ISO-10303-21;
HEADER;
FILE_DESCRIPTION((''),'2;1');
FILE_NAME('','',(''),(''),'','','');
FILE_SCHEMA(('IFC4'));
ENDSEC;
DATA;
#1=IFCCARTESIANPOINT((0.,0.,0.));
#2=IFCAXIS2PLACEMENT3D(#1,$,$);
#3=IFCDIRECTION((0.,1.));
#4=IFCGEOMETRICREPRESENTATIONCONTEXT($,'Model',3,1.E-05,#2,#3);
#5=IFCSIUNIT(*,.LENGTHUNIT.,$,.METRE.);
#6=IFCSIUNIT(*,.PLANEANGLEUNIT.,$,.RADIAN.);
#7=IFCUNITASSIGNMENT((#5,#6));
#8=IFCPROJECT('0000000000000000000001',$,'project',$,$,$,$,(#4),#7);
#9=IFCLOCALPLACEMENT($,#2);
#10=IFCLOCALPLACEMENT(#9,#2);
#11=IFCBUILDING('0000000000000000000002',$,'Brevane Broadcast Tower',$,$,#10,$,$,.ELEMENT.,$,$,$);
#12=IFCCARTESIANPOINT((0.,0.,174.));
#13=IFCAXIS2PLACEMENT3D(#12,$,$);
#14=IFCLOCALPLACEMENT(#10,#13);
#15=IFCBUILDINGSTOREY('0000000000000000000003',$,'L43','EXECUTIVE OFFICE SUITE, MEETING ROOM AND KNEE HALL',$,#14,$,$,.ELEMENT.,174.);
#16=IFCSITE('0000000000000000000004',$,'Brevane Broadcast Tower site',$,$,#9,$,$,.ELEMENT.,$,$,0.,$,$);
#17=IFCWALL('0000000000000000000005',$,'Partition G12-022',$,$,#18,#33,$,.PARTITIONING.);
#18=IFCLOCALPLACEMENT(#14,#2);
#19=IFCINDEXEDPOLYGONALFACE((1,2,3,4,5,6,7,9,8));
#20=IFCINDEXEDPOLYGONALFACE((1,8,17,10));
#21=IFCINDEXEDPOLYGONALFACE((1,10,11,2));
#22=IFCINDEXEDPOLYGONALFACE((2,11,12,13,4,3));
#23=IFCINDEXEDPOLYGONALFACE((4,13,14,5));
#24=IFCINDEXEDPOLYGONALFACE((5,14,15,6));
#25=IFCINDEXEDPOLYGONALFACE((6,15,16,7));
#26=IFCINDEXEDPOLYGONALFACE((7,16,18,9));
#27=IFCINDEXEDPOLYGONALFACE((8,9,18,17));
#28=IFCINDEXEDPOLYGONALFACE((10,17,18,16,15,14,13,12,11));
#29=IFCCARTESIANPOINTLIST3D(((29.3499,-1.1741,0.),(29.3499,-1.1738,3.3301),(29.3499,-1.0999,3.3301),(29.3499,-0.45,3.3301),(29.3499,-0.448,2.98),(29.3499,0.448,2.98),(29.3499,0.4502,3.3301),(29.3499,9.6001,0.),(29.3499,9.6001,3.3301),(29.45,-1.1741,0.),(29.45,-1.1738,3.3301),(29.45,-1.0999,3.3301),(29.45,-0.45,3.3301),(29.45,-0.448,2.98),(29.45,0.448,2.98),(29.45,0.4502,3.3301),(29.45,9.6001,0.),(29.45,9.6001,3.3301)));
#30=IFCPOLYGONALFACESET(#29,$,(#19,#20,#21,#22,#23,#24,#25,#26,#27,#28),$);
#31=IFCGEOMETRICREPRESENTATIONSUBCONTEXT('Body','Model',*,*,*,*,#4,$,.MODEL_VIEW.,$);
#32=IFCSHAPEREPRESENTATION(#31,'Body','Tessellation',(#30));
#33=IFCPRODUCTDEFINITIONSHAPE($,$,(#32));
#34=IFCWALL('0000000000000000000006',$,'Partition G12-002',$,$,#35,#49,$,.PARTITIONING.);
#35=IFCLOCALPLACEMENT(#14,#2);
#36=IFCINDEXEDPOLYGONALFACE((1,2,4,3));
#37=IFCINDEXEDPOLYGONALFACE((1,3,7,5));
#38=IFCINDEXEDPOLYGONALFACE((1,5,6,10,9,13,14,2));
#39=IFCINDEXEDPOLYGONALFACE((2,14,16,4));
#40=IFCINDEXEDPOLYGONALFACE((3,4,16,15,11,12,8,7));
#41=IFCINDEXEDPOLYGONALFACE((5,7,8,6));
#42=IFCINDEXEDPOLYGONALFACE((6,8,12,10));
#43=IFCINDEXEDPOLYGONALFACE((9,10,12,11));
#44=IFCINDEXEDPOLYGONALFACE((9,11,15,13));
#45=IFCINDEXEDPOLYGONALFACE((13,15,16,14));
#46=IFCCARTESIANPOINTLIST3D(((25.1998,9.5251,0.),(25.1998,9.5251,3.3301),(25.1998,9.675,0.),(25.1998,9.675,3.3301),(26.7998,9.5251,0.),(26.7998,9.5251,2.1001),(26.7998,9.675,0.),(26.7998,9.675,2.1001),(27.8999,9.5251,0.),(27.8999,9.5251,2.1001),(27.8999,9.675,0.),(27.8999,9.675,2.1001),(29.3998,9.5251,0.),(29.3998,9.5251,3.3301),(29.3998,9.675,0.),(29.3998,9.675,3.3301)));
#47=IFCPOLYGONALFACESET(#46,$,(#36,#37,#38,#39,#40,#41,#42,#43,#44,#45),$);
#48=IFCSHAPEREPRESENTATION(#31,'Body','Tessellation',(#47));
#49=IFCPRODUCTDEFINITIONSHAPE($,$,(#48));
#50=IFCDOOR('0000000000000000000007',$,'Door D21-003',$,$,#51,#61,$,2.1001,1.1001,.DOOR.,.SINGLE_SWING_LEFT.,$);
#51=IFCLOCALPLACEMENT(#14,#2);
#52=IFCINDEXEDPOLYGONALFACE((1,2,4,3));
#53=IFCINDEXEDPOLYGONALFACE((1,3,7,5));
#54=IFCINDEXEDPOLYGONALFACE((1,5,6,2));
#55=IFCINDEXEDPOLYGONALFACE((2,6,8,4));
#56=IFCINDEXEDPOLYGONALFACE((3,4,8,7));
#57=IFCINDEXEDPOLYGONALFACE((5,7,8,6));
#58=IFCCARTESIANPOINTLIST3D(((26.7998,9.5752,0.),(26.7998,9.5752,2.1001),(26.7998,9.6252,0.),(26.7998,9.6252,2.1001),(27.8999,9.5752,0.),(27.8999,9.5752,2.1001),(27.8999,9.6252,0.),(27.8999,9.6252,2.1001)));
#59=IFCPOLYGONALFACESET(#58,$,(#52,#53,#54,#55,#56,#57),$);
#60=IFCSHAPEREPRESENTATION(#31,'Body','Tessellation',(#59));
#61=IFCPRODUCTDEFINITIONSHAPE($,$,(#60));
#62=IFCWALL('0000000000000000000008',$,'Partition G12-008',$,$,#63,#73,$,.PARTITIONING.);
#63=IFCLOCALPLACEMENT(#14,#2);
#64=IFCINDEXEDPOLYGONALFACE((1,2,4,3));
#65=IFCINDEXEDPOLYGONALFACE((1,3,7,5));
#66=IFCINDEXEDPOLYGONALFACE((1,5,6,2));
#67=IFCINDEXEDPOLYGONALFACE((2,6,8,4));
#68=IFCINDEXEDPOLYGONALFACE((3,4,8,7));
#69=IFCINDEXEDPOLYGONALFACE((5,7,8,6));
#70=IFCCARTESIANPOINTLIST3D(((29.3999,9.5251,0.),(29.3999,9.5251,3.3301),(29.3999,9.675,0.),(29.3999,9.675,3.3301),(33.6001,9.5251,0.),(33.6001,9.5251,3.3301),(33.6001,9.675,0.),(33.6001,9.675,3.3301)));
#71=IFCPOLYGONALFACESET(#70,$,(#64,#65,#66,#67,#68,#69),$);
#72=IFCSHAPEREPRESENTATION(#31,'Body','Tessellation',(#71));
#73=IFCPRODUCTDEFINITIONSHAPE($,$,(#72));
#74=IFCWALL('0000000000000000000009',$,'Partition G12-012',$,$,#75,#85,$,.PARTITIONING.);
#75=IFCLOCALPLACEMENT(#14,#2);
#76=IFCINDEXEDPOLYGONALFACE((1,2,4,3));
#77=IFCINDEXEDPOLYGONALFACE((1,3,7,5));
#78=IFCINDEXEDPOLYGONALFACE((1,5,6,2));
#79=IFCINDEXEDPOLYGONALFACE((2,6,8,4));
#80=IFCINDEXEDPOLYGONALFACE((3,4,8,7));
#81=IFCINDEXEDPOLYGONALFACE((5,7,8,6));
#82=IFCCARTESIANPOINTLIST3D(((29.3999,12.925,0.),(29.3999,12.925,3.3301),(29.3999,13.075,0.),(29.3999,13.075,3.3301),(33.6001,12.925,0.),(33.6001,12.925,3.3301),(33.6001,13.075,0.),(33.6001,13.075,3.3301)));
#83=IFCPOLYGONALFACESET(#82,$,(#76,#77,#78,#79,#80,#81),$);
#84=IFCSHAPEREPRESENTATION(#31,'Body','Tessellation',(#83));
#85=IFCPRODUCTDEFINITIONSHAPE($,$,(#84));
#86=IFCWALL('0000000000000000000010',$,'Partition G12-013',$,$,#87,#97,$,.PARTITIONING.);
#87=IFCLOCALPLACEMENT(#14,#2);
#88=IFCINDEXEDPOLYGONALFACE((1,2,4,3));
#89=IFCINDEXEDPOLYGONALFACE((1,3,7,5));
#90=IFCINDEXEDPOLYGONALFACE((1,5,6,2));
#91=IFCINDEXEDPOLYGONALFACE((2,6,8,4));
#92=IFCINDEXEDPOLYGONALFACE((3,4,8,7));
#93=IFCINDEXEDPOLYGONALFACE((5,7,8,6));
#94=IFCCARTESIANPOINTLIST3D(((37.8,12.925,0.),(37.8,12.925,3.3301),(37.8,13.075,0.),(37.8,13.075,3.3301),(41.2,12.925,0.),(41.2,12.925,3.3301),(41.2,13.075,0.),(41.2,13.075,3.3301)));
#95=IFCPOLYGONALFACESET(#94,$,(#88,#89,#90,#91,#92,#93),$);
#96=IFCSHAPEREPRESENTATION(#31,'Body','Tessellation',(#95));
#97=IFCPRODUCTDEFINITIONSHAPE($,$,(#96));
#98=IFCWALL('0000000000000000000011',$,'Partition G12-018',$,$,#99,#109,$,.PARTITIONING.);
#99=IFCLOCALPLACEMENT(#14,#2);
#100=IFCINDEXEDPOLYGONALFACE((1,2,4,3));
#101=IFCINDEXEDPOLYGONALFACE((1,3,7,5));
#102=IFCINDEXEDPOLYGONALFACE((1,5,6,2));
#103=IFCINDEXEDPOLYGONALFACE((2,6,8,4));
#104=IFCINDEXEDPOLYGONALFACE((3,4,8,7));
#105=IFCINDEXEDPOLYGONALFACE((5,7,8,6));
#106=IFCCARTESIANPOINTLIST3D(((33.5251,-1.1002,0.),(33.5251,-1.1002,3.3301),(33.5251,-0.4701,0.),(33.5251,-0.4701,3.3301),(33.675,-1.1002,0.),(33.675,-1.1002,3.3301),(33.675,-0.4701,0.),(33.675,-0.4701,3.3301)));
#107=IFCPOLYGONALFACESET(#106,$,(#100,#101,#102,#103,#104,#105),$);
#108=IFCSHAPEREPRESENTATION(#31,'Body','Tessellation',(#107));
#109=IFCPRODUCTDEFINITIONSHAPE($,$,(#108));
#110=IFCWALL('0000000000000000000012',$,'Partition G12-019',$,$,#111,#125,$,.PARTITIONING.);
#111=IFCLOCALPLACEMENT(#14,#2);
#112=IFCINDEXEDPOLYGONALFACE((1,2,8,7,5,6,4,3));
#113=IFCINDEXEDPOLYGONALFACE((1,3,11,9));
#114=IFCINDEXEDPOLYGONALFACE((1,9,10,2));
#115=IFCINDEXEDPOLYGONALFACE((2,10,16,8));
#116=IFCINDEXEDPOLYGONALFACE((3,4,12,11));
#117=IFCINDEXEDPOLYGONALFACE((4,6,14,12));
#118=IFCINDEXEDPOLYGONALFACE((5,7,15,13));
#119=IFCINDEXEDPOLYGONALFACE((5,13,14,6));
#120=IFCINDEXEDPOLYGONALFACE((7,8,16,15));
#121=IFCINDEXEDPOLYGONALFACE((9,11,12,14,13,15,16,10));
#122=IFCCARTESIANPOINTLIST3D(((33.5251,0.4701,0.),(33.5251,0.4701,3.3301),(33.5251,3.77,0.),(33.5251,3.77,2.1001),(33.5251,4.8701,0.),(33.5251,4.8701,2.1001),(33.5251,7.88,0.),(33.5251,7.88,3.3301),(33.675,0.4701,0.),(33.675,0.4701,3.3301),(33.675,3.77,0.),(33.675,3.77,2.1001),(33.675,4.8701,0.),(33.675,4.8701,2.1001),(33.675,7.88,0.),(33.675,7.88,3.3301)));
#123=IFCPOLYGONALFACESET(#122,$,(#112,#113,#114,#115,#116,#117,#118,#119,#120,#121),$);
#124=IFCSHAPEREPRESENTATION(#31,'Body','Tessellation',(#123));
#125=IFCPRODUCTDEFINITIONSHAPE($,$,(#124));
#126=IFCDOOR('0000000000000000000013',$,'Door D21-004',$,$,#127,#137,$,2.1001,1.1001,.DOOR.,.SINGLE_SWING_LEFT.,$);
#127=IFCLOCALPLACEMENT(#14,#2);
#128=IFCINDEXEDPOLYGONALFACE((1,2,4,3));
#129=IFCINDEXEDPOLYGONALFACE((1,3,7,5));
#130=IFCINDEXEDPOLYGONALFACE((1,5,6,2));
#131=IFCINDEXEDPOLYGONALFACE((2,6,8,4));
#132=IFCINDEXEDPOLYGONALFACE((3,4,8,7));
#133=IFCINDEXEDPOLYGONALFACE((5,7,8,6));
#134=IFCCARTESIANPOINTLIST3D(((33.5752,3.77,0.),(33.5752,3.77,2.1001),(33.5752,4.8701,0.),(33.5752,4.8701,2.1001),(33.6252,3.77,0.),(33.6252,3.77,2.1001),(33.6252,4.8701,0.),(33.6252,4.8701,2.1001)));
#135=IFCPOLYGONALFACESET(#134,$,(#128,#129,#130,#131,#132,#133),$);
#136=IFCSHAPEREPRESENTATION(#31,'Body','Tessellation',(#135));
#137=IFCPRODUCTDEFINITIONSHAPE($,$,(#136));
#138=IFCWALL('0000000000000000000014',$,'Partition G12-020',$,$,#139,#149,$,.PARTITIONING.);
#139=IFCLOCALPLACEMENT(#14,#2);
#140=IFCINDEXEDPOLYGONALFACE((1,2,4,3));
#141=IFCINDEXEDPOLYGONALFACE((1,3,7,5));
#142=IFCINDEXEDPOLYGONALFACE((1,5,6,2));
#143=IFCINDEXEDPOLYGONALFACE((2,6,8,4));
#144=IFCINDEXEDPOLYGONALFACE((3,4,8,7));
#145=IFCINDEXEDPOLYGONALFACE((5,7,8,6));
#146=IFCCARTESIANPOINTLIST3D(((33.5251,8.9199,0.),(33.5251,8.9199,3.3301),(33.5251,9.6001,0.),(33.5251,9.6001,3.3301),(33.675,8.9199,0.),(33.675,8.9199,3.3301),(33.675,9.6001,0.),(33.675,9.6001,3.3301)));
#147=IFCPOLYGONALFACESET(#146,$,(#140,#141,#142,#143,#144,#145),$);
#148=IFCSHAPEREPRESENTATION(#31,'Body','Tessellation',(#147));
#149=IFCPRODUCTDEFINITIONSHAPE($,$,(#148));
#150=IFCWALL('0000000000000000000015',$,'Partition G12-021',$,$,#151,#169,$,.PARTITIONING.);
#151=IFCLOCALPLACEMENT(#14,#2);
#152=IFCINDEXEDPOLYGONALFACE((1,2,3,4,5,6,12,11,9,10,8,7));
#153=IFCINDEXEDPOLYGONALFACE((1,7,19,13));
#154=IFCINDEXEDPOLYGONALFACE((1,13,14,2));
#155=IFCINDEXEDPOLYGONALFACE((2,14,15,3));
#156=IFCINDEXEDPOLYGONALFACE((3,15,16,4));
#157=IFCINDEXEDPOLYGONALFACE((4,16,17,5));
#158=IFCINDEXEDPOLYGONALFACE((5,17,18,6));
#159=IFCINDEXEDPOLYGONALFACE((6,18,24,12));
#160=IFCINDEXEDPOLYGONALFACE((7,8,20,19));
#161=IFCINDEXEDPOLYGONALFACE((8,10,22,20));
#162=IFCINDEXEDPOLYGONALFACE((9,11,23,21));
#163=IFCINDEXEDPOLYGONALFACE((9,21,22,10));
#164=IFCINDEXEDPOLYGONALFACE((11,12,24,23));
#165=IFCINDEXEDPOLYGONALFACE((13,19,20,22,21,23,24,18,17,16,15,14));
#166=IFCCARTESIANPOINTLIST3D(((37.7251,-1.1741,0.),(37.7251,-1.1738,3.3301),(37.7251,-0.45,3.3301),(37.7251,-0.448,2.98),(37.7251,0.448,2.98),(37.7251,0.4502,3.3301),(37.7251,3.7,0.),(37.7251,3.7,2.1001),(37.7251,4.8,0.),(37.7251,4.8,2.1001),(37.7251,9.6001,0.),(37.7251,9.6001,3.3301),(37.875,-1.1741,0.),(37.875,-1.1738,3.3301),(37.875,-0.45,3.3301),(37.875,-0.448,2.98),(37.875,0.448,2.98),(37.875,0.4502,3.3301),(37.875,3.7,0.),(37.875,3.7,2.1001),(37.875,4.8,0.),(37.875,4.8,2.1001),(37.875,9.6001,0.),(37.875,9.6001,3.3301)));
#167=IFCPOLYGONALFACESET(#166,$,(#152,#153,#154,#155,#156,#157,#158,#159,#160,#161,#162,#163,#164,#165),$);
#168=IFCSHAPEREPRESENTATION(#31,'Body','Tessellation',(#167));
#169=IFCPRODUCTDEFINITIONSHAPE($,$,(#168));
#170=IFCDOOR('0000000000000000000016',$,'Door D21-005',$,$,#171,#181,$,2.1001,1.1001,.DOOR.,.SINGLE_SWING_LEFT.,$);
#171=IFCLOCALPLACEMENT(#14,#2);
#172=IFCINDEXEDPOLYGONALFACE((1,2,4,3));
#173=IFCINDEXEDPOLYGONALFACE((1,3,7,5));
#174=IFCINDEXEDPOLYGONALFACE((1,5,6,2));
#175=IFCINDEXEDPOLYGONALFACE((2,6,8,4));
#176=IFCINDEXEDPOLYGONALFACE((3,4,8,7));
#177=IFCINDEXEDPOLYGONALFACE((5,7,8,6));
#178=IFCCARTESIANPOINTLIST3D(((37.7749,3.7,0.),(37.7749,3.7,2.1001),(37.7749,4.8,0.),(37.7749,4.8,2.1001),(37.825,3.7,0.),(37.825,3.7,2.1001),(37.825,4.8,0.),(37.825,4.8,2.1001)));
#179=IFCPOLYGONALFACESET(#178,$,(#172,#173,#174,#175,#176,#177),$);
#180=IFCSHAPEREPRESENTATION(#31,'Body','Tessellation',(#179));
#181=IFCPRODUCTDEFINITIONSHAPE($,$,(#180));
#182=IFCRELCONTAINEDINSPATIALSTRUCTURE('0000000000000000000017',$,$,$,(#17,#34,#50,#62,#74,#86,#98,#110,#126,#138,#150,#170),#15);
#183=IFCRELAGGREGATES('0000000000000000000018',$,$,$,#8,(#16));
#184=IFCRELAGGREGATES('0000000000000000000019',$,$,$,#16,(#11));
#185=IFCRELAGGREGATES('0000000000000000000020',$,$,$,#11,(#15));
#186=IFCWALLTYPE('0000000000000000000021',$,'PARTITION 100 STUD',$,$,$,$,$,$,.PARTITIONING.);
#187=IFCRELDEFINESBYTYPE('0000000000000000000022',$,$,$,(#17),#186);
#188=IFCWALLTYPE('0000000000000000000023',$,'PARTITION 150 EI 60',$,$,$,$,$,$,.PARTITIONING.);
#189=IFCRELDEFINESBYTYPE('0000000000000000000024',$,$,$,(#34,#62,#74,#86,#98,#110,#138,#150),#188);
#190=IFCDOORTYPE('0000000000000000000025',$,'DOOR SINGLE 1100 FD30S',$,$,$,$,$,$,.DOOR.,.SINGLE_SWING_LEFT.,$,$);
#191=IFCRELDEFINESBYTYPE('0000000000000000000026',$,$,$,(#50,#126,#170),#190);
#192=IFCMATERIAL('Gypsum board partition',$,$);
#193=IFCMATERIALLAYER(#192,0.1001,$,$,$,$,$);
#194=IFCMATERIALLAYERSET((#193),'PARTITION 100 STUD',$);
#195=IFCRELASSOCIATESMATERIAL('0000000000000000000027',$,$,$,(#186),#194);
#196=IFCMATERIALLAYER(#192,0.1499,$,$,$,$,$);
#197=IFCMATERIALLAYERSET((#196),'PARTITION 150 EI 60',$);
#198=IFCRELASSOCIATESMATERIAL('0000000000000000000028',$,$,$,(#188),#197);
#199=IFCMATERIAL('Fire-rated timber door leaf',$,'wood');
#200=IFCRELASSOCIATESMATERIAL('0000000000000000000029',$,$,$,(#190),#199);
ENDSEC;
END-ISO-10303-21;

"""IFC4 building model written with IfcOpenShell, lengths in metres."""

from ifc_helpers import new_model, si_unit, direction, frame, frame_2d, origin, place, context, subcontext, project, spatial, polyline, rectangle, outline, extrude, material, layer, layer_set, type_object, element, fill, save


model = new_model("IFC4")

# Units and contexts
model_context = context("Model", 3, precision=1e-05, world=origin(), true_north=direction((0.0, 1.0)))
body_context = subcontext(model_context, "Body", "Model", "MODEL_VIEW")
ifc_project = project(units=[si_unit("LENGTHUNIT", "METRE"), si_unit("PLANEANGLEUNIT", "RADIAN")], contexts=[model_context])

# Site, building, storey
site_placement = place(None, origin())
site = spatial("IfcSite", under=ifc_project, at=site_placement, Name="Brevane Broadcast Tower site", CompositionType="ELEMENT", RefElevation=0.0)
building_placement = place(site_placement, origin())
building = spatial("IfcBuilding", under=site, at=building_placement, Name="Brevane Broadcast Tower", CompositionType="ELEMENT")
storey_placement = place(building_placement, frame((0.0, 0.0, 174.0)))
storey = spatial("IfcBuildingStorey", under=building, at=storey_placement, Name="L43", Description="EXECUTIVE OFFICE SUITE, MEETING ROOM AND KNEE HALL", CompositionType="ELEMENT", Elevation=174.0)

# Wall
ifc_material_1 = material(Name="Gypsum board partition")
ifc_layer_1 = layer(ifc_material_1, 0.1001)
ifc_layer_set_1 = layer_set([ifc_layer_1], Name="PARTITION 100 STUD")
wall_type_1 = type_object("IfcWallType", Name="PARTITION 100 STUD", PredefinedType="PARTITIONING", material=ifc_layer_set_1)
wall_1_placement = place(storey_placement, frame((29.3999, 9.6001, 0.0), z_axis=(0.0, 0.0, 1.0), x_axis=(0.0, -1.0, 0.0)))
element("IfcWall", 1, at=wall_1_placement, inside=storey, type_object=wall_type_1, Name="Partition G12-022", PredefinedType="PARTITIONING", context=body_context, shape_type="SweptSolid", body=[
    extrude(outline(polyline([(0.0, 0.0), (10.7742, 0.0), (10.7739, 3.3301), (10.7, 3.3301), (10.05, 3.3301), (10.0481, 2.98), (9.1521, 2.98), (9.1499, 3.3301), (0.0, 3.3301), (0.0, 0.0)])), frame((0.0, 0.05, 0.0), z_axis=(0.0, -1.0, 0.0), x_axis=(1.0, 0.0, 0.0)), (0.0, 0.0, 1.0), 0.1001),
])

# Wall, opening, door
ifc_layer_2 = layer(ifc_material_1, 0.1499)
ifc_layer_set_2 = layer_set([ifc_layer_2], Name="PARTITION 150 EI 60")
wall_type_2 = type_object("IfcWallType", Name="PARTITION 150 EI 60", PredefinedType="PARTITIONING", material=ifc_layer_set_2)
wall_2_placement = place(storey_placement, frame((29.3999, 9.6001, 0.0), z_axis=(0.0, 0.0, 1.0), x_axis=(-1.0, 0.0, 0.0)))
wall_2 = element("IfcWall", 2, at=wall_2_placement, inside=storey, type_object=wall_type_2, Name="Partition G12-002", PredefinedType="PARTITIONING", context=body_context, shape_type="SweptSolid", body=[
    extrude(rectangle(XDim=4.2, YDim=0.1499, at=frame_2d((2.1001, 0.0))), origin(), (0.0, 0.0, 1.0), 3.3301),
])
opening_1_placement = place(wall_2_placement, frame((1.5, 0.0, 0.0)))
opening_1 = element("IfcOpeningElement", 3, at=opening_1_placement, cuts=wall_2, PredefinedType="OPENING", context=body_context, shape_type="SweptSolid", body=[
    extrude(rectangle(XDim=1.1001, YDim=2.1001, at=frame_2d((0.55, 1.05))), frame((0.0, 0.085, 0.0), z_axis=(0.0, -1.0, 0.0), x_axis=(1.0, 0.0, 0.0)), (0.0, 0.0, 1.0), 0.1699),
])
ifc_material_2 = material(Name="Fire-rated timber door leaf", Category="wood")
door_type_1 = type_object("IfcDoorType", Name="DOOR SINGLE 1100 FD30S", OperationType="SINGLE_SWING_LEFT", PredefinedType="DOOR", material=ifc_material_2)
door_1_placement = place(opening_1_placement, origin())
door_1 = element("IfcDoor", 4, at=door_1_placement, inside=storey, type_object=door_type_1, Name="Door D21-003", OperationType="SINGLE_SWING_LEFT", OverallHeight=2.1001, OverallWidth=1.1001, PredefinedType="DOOR", context=body_context, shape_type="SweptSolid", body=[
    extrude(rectangle(XDim=1.1001, YDim=2.1001, at=frame_2d((0.55, 1.05))), frame((0.0, 0.0249, 0.0), z_axis=(0.0, -1.0, 0.0), x_axis=(1.0, 0.0, 0.0)), (0.0, 0.0, 1.0), 0.05),
])
fill(opening_1, door_1)

# Walls
for number, where, z_axis, x_axis, name in (
    (5, (33.6001, 9.6001, 0.0), (0.0, 0.0, 1.0), (-1.0, 0.0, 0.0), "Partition G12-008"),
    (6, (29.3999, 13.0, 0.0), (0.0, 0.0, 1.0), (1.0, 0.0, 0.0), "Partition G12-012"),
):
    element("IfcWall", number, at=place(storey_placement, frame(where, z_axis=z_axis, x_axis=x_axis)), inside=storey, type_object=wall_type_2, Name=name, PredefinedType="PARTITIONING", context=body_context, shape_type="SweptSolid", body=[
        extrude(rectangle(XDim=4.2002, YDim=0.1499, at=frame_2d((2.1001, 0.0))), origin(), (0.0, 0.0, 1.0), 3.3301),
    ])
wall_3_placement = place(storey_placement, frame((37.8, 13.0, 0.0), z_axis=(0.0, 0.0, 1.0), x_axis=(1.0, 0.0, 0.0)))
element("IfcWall", 7, at=wall_3_placement, inside=storey, type_object=wall_type_2, Name="Partition G12-013", PredefinedType="PARTITIONING", context=body_context, shape_type="SweptSolid", body=[
    extrude(rectangle(XDim=3.3999, YDim=0.1499, at=frame_2d((1.7, 0.0))), origin(), (0.0, 0.0, 1.0), 3.3301),
])
wall_4_placement = place(storey_placement, frame((33.6001, -1.1001, 0.0), z_axis=(0.0, 0.0, 1.0), x_axis=(0.0, 1.0, 0.0)))
element("IfcWall", 8, at=wall_4_placement, inside=storey, type_object=wall_type_2, Name="Partition G12-018", PredefinedType="PARTITIONING", context=body_context, shape_type="SweptSolid", body=[
    extrude(rectangle(XDim=0.6301, YDim=0.1499, at=frame_2d((0.3149, 0.0))), origin(), (0.0, 0.0, 1.0), 3.3301),
])

# Wall, opening, door
wall_5_placement = place(storey_placement, frame((33.6001, 0.47, 0.0), z_axis=(0.0, 0.0, 1.0), x_axis=(0.0, 1.0, 0.0)))
wall_5 = element("IfcWall", 9, at=wall_5_placement, inside=storey, type_object=wall_type_2, Name="Partition G12-019", PredefinedType="PARTITIONING", context=body_context, shape_type="SweptSolid", body=[
    extrude(rectangle(XDim=7.4099, YDim=0.1499, at=frame_2d((3.7051, 0.0))), origin(), (0.0, 0.0, 1.0), 3.3301),
])
opening_2_placement = place(wall_5_placement, frame((3.3, 0.0, 0.0)))
opening_2 = element("IfcOpeningElement", 10, at=opening_2_placement, cuts=wall_5, PredefinedType="OPENING", context=body_context, shape_type="SweptSolid", body=[
    extrude(rectangle(XDim=1.1001, YDim=2.1001, at=frame_2d((0.55, 1.05))), frame((0.0, 0.085, 0.0), z_axis=(0.0, -1.0, 0.0), x_axis=(1.0, 0.0, 0.0)), (0.0, 0.0, 1.0), 0.1699),
])
door_2_placement = place(opening_2_placement, origin())
door_2 = element("IfcDoor", 11, at=door_2_placement, inside=storey, type_object=door_type_1, Name="Door D21-004", OperationType="SINGLE_SWING_LEFT", OverallHeight=2.1001, OverallWidth=1.1001, PredefinedType="DOOR", context=body_context, shape_type="SweptSolid", body=[
    extrude(rectangle(XDim=1.1001, YDim=2.1001, at=frame_2d((0.55, 1.05))), frame((0.0, 0.0249, 0.0), z_axis=(0.0, -1.0, 0.0), x_axis=(1.0, 0.0, 0.0)), (0.0, 0.0, 1.0), 0.05),
])
fill(opening_2, door_2)

# Wall
wall_6_placement = place(storey_placement, frame((33.6001, 8.9199, 0.0), z_axis=(0.0, 0.0, 1.0), x_axis=(0.0, 1.0, 0.0)))
element("IfcWall", 12, at=wall_6_placement, inside=storey, type_object=wall_type_2, Name="Partition G12-020", PredefinedType="PARTITIONING", context=body_context, shape_type="SweptSolid", body=[
    extrude(rectangle(XDim=0.6802, YDim=0.1499, at=frame_2d((0.3401, 0.0))), origin(), (0.0, 0.0, 1.0), 3.3301),
])

# Wall, opening, door
wall_7_placement = place(storey_placement, frame((37.8, 9.6001, 0.0), z_axis=(0.0, 0.0, 1.0), x_axis=(0.0, -1.0, 0.0)))
wall_7 = element("IfcWall", 13, at=wall_7_placement, inside=storey, type_object=wall_type_2, Name="Partition G12-021", PredefinedType="PARTITIONING", context=body_context, shape_type="SweptSolid", body=[
    extrude(outline(polyline([(0.0, 0.0), (10.7742, 0.0), (10.7739, 3.3301), (10.7, 3.3301), (10.05, 3.3301), (10.0481, 2.98), (9.1521, 2.98), (9.1499, 3.3301), (0.0, 3.3301), (0.0, 0.0)])), frame((0.0, 0.075, 0.0), z_axis=(0.0, -1.0, 0.0), x_axis=(1.0, 0.0, 0.0)), (0.0, 0.0, 1.0), 0.1499),
])
opening_3_placement = place(wall_7_placement, frame((4.8, 0.0, 0.0)))
opening_3 = element("IfcOpeningElement", 14, at=opening_3_placement, cuts=wall_7, PredefinedType="OPENING", context=body_context, shape_type="SweptSolid", body=[
    extrude(rectangle(XDim=1.1001, YDim=2.1001, at=frame_2d((0.55, 1.05))), frame((0.0, 0.085, 0.0), z_axis=(0.0, -1.0, 0.0), x_axis=(1.0, 0.0, 0.0)), (0.0, 0.0, 1.0), 0.1699),
])
door_3_placement = place(opening_3_placement, origin())
door_3 = element("IfcDoor", 15, at=door_3_placement, inside=storey, type_object=door_type_1, Name="Door D21-005", OperationType="SINGLE_SWING_LEFT", OverallHeight=2.1001, OverallWidth=1.1001, PredefinedType="DOOR", context=body_context, shape_type="SweptSolid", body=[
    extrude(rectangle(XDim=1.1001, YDim=2.1001, at=frame_2d((0.55, 1.05))), frame((0.0, 0.0249, 0.0), z_axis=(0.0, -1.0, 0.0), x_axis=(1.0, 0.0, 0.0)), (0.0, 0.0, 1.0), 0.05),
])
fill(opening_3, door_3)

save(model, "model.ifc")
